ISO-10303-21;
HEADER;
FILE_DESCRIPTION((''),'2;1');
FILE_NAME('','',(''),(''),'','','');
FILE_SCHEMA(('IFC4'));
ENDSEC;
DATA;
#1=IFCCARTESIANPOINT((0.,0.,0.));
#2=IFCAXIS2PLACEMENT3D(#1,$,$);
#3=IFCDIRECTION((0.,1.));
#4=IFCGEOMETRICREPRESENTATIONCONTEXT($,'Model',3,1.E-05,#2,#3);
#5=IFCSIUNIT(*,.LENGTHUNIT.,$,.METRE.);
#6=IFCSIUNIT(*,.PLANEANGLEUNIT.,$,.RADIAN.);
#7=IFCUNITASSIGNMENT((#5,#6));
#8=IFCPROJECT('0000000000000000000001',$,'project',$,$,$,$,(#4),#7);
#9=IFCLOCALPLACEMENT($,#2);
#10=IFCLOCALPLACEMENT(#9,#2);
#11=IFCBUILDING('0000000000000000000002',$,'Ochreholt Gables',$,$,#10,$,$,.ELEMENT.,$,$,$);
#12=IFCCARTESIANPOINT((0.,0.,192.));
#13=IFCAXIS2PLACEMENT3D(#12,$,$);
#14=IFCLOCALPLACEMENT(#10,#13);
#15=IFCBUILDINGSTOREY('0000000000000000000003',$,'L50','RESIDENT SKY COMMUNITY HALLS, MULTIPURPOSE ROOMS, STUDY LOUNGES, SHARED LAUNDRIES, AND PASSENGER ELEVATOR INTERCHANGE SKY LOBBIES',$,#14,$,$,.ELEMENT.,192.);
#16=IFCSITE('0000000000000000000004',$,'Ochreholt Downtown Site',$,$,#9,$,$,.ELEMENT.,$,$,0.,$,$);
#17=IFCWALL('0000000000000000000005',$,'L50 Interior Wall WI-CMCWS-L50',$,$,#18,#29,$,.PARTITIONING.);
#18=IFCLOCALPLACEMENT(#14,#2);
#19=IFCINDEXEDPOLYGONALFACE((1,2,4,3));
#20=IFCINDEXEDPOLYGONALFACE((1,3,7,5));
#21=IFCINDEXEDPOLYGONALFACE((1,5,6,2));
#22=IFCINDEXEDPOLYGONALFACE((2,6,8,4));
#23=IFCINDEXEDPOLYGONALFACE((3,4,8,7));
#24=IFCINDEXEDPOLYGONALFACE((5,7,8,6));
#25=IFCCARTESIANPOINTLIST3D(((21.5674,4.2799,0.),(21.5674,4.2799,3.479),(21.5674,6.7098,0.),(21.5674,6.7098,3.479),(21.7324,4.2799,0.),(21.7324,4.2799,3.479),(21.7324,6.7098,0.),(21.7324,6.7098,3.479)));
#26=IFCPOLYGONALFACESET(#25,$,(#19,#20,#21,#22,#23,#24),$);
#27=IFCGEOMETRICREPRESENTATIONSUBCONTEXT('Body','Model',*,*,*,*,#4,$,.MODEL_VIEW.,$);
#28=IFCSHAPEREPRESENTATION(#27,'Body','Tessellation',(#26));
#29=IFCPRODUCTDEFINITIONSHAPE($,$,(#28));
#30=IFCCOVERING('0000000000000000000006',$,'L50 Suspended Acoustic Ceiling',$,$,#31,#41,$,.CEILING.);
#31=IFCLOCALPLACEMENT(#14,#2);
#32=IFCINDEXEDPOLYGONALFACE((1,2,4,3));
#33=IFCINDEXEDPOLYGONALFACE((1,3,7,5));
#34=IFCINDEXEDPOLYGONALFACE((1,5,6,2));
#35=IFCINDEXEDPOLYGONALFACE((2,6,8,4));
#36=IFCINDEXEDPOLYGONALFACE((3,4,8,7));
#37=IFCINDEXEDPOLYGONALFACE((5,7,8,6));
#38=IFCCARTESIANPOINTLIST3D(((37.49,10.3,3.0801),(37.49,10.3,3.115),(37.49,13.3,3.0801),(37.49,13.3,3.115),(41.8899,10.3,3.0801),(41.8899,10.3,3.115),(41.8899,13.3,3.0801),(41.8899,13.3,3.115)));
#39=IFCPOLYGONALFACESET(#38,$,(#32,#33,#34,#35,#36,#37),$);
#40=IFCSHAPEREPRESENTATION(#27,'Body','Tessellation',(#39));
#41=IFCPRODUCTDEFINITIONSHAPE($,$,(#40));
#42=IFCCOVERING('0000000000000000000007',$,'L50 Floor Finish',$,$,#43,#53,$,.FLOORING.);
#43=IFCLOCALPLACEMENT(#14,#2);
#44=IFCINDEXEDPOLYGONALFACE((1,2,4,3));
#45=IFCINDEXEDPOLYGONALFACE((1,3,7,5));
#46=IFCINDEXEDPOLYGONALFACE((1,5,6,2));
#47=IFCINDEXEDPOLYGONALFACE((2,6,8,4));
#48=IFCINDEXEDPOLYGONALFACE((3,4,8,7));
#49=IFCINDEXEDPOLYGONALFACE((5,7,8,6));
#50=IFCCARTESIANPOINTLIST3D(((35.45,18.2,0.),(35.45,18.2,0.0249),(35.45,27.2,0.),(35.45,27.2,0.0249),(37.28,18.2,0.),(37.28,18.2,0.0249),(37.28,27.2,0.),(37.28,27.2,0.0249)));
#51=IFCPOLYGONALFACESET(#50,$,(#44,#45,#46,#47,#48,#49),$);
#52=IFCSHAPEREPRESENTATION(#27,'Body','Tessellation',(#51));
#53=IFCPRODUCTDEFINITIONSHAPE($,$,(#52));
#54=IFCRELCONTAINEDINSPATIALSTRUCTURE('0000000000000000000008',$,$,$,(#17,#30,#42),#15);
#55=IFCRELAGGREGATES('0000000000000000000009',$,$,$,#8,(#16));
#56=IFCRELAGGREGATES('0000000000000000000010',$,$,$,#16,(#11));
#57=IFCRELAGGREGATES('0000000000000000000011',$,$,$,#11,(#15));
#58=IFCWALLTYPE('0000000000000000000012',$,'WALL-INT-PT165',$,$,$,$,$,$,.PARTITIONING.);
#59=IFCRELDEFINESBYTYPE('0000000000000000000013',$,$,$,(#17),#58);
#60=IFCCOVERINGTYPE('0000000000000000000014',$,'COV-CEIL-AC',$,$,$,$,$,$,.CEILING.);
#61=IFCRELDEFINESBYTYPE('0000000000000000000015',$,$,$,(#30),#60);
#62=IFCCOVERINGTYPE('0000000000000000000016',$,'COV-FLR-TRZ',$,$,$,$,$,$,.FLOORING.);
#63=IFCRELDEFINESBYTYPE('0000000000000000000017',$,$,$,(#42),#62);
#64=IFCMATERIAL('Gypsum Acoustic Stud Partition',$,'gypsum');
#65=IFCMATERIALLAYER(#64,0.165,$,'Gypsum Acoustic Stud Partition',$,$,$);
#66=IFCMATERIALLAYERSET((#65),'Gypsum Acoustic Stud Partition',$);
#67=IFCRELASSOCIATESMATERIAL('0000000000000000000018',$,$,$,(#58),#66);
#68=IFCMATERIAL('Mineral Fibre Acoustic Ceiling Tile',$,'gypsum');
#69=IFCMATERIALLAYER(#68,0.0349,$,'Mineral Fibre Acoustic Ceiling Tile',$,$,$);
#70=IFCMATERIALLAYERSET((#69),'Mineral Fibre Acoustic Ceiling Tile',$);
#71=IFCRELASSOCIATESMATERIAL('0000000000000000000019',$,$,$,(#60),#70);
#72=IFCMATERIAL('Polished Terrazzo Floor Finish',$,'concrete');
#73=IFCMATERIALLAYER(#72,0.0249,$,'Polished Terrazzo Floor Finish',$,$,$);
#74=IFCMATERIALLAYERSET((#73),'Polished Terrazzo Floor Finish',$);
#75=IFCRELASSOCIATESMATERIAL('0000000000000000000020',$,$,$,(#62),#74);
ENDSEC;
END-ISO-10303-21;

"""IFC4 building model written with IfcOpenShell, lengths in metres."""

from ifc_helpers import new_model, si_unit, direction, frame, frame_2d, origin, place, context, subcontext, project, spatial, polyline, rectangle, outline, extrude, material, layer, layer_set, type_object, element, save


model = new_model("IFC4")

# Units and contexts
model_context = context("Model", 3, precision=1e-05, world=origin(), true_north=direction((0.0, 1.0)))
body_context = subcontext(model_context, "Body", "Model", "MODEL_VIEW")
ifc_project = project(units=[si_unit("LENGTHUNIT", "METRE"), si_unit("PLANEANGLEUNIT", "RADIAN")], contexts=[model_context])

# Site, building, storey
site_placement = place(None, origin())
site = spatial("IfcSite", under=ifc_project, at=site_placement, Name="Ochreholt Downtown Site", CompositionType="ELEMENT", RefElevation=0.0)
building_placement = place(site_placement, origin())
building = spatial("IfcBuilding", under=site, at=building_placement, Name="Ochreholt Gables", CompositionType="ELEMENT")
storey_placement = place(building_placement, frame((0.0, 0.0, 192.0)))
storey = spatial("IfcBuildingStorey", under=building, at=storey_placement, Name="L50", Description="RESIDENT SKY COMMUNITY HALLS, MULTIPURPOSE ROOMS, STUDY LOUNGES, SHARED LAUNDRIES, AND PASSENGER ELEVATOR INTERCHANGE SKY LOBBIES", CompositionType="ELEMENT", Elevation=192.0)

# Wall
ifc_material_1 = material(Name="Gypsum Acoustic Stud Partition", Category="gypsum")
ifc_layer_1 = layer(ifc_material_1, 0.165, Name="Gypsum Acoustic Stud Partition")
ifc_layer_set_1 = layer_set([ifc_layer_1], Name="Gypsum Acoustic Stud Partition")
wall_type_1 = type_object("IfcWallType", Name="WALL-INT-PT165", PredefinedType="PARTITIONING", material=ifc_layer_set_1)
wall_1_placement = place(storey_placement, frame((21.6499, 4.28, 0.0), z_axis=(0.0, 0.0, 1.0), x_axis=(0.0, 1.0, 0.0)))
element("IfcWall", 1, at=wall_1_placement, inside=storey, type_object=wall_type_1, Name="L50 Interior Wall WI-CMCWS-L50", PredefinedType="PARTITIONING", context=body_context, shape_type="SweptSolid", body=[
    extrude(rectangle(XDim=2.4299, YDim=0.165, at=frame_2d((1.2148, 0.0))), origin(), (0.0, 0.0, 1.0), 3.479),
])

# Coverings
ifc_material_2 = material(Name="Mineral Fibre Acoustic Ceiling Tile", Category="gypsum")
ifc_layer_2 = layer(ifc_material_2, 0.0349, Name="Mineral Fibre Acoustic Ceiling Tile")
ifc_layer_set_2 = layer_set([ifc_layer_2], Name="Mineral Fibre Acoustic Ceiling Tile")
covering_type_1 = type_object("IfcCoveringType", Name="COV-CEIL-AC", PredefinedType="CEILING", material=ifc_layer_set_2)
covering_1_placement = place(storey_placement, frame((0.0, 0.0, 3.0801)))
element("IfcCovering", 2, at=covering_1_placement, inside=storey, type_object=covering_type_1, Name="L50 Suspended Acoustic Ceiling", PredefinedType="CEILING", context=body_context, shape_type="SweptSolid", body=[
    extrude(outline(polyline([(37.49, 10.3), (41.8899, 10.3), (41.8899, 13.3), (37.49, 13.3), (37.49, 10.3)])), origin(), (0.0, 0.0, 1.0), 0.0349),
])
ifc_material_3 = material(Name="Polished Terrazzo Floor Finish", Category="concrete")
ifc_layer_3 = layer(ifc_material_3, 0.0249, Name="Polished Terrazzo Floor Finish")
ifc_layer_set_3 = layer_set([ifc_layer_3], Name="Polished Terrazzo Floor Finish")
covering_type_2 = type_object("IfcCoveringType", Name="COV-FLR-TRZ", PredefinedType="FLOORING", material=ifc_layer_set_3)
covering_2_placement = place(storey_placement, origin())
element("IfcCovering", 3, at=covering_2_placement, inside=storey, type_object=covering_type_2, Name="L50 Floor Finish", PredefinedType="FLOORING", context=body_context, shape_type="SweptSolid", body=[
    extrude(outline(polyline([(35.45, 18.2), (37.28, 18.2), (37.28, 27.2), (35.45, 27.2), (35.45, 18.2)])), origin(), (0.0, 0.0, 1.0), 0.0249),
])

save(model, "model.ifc")
